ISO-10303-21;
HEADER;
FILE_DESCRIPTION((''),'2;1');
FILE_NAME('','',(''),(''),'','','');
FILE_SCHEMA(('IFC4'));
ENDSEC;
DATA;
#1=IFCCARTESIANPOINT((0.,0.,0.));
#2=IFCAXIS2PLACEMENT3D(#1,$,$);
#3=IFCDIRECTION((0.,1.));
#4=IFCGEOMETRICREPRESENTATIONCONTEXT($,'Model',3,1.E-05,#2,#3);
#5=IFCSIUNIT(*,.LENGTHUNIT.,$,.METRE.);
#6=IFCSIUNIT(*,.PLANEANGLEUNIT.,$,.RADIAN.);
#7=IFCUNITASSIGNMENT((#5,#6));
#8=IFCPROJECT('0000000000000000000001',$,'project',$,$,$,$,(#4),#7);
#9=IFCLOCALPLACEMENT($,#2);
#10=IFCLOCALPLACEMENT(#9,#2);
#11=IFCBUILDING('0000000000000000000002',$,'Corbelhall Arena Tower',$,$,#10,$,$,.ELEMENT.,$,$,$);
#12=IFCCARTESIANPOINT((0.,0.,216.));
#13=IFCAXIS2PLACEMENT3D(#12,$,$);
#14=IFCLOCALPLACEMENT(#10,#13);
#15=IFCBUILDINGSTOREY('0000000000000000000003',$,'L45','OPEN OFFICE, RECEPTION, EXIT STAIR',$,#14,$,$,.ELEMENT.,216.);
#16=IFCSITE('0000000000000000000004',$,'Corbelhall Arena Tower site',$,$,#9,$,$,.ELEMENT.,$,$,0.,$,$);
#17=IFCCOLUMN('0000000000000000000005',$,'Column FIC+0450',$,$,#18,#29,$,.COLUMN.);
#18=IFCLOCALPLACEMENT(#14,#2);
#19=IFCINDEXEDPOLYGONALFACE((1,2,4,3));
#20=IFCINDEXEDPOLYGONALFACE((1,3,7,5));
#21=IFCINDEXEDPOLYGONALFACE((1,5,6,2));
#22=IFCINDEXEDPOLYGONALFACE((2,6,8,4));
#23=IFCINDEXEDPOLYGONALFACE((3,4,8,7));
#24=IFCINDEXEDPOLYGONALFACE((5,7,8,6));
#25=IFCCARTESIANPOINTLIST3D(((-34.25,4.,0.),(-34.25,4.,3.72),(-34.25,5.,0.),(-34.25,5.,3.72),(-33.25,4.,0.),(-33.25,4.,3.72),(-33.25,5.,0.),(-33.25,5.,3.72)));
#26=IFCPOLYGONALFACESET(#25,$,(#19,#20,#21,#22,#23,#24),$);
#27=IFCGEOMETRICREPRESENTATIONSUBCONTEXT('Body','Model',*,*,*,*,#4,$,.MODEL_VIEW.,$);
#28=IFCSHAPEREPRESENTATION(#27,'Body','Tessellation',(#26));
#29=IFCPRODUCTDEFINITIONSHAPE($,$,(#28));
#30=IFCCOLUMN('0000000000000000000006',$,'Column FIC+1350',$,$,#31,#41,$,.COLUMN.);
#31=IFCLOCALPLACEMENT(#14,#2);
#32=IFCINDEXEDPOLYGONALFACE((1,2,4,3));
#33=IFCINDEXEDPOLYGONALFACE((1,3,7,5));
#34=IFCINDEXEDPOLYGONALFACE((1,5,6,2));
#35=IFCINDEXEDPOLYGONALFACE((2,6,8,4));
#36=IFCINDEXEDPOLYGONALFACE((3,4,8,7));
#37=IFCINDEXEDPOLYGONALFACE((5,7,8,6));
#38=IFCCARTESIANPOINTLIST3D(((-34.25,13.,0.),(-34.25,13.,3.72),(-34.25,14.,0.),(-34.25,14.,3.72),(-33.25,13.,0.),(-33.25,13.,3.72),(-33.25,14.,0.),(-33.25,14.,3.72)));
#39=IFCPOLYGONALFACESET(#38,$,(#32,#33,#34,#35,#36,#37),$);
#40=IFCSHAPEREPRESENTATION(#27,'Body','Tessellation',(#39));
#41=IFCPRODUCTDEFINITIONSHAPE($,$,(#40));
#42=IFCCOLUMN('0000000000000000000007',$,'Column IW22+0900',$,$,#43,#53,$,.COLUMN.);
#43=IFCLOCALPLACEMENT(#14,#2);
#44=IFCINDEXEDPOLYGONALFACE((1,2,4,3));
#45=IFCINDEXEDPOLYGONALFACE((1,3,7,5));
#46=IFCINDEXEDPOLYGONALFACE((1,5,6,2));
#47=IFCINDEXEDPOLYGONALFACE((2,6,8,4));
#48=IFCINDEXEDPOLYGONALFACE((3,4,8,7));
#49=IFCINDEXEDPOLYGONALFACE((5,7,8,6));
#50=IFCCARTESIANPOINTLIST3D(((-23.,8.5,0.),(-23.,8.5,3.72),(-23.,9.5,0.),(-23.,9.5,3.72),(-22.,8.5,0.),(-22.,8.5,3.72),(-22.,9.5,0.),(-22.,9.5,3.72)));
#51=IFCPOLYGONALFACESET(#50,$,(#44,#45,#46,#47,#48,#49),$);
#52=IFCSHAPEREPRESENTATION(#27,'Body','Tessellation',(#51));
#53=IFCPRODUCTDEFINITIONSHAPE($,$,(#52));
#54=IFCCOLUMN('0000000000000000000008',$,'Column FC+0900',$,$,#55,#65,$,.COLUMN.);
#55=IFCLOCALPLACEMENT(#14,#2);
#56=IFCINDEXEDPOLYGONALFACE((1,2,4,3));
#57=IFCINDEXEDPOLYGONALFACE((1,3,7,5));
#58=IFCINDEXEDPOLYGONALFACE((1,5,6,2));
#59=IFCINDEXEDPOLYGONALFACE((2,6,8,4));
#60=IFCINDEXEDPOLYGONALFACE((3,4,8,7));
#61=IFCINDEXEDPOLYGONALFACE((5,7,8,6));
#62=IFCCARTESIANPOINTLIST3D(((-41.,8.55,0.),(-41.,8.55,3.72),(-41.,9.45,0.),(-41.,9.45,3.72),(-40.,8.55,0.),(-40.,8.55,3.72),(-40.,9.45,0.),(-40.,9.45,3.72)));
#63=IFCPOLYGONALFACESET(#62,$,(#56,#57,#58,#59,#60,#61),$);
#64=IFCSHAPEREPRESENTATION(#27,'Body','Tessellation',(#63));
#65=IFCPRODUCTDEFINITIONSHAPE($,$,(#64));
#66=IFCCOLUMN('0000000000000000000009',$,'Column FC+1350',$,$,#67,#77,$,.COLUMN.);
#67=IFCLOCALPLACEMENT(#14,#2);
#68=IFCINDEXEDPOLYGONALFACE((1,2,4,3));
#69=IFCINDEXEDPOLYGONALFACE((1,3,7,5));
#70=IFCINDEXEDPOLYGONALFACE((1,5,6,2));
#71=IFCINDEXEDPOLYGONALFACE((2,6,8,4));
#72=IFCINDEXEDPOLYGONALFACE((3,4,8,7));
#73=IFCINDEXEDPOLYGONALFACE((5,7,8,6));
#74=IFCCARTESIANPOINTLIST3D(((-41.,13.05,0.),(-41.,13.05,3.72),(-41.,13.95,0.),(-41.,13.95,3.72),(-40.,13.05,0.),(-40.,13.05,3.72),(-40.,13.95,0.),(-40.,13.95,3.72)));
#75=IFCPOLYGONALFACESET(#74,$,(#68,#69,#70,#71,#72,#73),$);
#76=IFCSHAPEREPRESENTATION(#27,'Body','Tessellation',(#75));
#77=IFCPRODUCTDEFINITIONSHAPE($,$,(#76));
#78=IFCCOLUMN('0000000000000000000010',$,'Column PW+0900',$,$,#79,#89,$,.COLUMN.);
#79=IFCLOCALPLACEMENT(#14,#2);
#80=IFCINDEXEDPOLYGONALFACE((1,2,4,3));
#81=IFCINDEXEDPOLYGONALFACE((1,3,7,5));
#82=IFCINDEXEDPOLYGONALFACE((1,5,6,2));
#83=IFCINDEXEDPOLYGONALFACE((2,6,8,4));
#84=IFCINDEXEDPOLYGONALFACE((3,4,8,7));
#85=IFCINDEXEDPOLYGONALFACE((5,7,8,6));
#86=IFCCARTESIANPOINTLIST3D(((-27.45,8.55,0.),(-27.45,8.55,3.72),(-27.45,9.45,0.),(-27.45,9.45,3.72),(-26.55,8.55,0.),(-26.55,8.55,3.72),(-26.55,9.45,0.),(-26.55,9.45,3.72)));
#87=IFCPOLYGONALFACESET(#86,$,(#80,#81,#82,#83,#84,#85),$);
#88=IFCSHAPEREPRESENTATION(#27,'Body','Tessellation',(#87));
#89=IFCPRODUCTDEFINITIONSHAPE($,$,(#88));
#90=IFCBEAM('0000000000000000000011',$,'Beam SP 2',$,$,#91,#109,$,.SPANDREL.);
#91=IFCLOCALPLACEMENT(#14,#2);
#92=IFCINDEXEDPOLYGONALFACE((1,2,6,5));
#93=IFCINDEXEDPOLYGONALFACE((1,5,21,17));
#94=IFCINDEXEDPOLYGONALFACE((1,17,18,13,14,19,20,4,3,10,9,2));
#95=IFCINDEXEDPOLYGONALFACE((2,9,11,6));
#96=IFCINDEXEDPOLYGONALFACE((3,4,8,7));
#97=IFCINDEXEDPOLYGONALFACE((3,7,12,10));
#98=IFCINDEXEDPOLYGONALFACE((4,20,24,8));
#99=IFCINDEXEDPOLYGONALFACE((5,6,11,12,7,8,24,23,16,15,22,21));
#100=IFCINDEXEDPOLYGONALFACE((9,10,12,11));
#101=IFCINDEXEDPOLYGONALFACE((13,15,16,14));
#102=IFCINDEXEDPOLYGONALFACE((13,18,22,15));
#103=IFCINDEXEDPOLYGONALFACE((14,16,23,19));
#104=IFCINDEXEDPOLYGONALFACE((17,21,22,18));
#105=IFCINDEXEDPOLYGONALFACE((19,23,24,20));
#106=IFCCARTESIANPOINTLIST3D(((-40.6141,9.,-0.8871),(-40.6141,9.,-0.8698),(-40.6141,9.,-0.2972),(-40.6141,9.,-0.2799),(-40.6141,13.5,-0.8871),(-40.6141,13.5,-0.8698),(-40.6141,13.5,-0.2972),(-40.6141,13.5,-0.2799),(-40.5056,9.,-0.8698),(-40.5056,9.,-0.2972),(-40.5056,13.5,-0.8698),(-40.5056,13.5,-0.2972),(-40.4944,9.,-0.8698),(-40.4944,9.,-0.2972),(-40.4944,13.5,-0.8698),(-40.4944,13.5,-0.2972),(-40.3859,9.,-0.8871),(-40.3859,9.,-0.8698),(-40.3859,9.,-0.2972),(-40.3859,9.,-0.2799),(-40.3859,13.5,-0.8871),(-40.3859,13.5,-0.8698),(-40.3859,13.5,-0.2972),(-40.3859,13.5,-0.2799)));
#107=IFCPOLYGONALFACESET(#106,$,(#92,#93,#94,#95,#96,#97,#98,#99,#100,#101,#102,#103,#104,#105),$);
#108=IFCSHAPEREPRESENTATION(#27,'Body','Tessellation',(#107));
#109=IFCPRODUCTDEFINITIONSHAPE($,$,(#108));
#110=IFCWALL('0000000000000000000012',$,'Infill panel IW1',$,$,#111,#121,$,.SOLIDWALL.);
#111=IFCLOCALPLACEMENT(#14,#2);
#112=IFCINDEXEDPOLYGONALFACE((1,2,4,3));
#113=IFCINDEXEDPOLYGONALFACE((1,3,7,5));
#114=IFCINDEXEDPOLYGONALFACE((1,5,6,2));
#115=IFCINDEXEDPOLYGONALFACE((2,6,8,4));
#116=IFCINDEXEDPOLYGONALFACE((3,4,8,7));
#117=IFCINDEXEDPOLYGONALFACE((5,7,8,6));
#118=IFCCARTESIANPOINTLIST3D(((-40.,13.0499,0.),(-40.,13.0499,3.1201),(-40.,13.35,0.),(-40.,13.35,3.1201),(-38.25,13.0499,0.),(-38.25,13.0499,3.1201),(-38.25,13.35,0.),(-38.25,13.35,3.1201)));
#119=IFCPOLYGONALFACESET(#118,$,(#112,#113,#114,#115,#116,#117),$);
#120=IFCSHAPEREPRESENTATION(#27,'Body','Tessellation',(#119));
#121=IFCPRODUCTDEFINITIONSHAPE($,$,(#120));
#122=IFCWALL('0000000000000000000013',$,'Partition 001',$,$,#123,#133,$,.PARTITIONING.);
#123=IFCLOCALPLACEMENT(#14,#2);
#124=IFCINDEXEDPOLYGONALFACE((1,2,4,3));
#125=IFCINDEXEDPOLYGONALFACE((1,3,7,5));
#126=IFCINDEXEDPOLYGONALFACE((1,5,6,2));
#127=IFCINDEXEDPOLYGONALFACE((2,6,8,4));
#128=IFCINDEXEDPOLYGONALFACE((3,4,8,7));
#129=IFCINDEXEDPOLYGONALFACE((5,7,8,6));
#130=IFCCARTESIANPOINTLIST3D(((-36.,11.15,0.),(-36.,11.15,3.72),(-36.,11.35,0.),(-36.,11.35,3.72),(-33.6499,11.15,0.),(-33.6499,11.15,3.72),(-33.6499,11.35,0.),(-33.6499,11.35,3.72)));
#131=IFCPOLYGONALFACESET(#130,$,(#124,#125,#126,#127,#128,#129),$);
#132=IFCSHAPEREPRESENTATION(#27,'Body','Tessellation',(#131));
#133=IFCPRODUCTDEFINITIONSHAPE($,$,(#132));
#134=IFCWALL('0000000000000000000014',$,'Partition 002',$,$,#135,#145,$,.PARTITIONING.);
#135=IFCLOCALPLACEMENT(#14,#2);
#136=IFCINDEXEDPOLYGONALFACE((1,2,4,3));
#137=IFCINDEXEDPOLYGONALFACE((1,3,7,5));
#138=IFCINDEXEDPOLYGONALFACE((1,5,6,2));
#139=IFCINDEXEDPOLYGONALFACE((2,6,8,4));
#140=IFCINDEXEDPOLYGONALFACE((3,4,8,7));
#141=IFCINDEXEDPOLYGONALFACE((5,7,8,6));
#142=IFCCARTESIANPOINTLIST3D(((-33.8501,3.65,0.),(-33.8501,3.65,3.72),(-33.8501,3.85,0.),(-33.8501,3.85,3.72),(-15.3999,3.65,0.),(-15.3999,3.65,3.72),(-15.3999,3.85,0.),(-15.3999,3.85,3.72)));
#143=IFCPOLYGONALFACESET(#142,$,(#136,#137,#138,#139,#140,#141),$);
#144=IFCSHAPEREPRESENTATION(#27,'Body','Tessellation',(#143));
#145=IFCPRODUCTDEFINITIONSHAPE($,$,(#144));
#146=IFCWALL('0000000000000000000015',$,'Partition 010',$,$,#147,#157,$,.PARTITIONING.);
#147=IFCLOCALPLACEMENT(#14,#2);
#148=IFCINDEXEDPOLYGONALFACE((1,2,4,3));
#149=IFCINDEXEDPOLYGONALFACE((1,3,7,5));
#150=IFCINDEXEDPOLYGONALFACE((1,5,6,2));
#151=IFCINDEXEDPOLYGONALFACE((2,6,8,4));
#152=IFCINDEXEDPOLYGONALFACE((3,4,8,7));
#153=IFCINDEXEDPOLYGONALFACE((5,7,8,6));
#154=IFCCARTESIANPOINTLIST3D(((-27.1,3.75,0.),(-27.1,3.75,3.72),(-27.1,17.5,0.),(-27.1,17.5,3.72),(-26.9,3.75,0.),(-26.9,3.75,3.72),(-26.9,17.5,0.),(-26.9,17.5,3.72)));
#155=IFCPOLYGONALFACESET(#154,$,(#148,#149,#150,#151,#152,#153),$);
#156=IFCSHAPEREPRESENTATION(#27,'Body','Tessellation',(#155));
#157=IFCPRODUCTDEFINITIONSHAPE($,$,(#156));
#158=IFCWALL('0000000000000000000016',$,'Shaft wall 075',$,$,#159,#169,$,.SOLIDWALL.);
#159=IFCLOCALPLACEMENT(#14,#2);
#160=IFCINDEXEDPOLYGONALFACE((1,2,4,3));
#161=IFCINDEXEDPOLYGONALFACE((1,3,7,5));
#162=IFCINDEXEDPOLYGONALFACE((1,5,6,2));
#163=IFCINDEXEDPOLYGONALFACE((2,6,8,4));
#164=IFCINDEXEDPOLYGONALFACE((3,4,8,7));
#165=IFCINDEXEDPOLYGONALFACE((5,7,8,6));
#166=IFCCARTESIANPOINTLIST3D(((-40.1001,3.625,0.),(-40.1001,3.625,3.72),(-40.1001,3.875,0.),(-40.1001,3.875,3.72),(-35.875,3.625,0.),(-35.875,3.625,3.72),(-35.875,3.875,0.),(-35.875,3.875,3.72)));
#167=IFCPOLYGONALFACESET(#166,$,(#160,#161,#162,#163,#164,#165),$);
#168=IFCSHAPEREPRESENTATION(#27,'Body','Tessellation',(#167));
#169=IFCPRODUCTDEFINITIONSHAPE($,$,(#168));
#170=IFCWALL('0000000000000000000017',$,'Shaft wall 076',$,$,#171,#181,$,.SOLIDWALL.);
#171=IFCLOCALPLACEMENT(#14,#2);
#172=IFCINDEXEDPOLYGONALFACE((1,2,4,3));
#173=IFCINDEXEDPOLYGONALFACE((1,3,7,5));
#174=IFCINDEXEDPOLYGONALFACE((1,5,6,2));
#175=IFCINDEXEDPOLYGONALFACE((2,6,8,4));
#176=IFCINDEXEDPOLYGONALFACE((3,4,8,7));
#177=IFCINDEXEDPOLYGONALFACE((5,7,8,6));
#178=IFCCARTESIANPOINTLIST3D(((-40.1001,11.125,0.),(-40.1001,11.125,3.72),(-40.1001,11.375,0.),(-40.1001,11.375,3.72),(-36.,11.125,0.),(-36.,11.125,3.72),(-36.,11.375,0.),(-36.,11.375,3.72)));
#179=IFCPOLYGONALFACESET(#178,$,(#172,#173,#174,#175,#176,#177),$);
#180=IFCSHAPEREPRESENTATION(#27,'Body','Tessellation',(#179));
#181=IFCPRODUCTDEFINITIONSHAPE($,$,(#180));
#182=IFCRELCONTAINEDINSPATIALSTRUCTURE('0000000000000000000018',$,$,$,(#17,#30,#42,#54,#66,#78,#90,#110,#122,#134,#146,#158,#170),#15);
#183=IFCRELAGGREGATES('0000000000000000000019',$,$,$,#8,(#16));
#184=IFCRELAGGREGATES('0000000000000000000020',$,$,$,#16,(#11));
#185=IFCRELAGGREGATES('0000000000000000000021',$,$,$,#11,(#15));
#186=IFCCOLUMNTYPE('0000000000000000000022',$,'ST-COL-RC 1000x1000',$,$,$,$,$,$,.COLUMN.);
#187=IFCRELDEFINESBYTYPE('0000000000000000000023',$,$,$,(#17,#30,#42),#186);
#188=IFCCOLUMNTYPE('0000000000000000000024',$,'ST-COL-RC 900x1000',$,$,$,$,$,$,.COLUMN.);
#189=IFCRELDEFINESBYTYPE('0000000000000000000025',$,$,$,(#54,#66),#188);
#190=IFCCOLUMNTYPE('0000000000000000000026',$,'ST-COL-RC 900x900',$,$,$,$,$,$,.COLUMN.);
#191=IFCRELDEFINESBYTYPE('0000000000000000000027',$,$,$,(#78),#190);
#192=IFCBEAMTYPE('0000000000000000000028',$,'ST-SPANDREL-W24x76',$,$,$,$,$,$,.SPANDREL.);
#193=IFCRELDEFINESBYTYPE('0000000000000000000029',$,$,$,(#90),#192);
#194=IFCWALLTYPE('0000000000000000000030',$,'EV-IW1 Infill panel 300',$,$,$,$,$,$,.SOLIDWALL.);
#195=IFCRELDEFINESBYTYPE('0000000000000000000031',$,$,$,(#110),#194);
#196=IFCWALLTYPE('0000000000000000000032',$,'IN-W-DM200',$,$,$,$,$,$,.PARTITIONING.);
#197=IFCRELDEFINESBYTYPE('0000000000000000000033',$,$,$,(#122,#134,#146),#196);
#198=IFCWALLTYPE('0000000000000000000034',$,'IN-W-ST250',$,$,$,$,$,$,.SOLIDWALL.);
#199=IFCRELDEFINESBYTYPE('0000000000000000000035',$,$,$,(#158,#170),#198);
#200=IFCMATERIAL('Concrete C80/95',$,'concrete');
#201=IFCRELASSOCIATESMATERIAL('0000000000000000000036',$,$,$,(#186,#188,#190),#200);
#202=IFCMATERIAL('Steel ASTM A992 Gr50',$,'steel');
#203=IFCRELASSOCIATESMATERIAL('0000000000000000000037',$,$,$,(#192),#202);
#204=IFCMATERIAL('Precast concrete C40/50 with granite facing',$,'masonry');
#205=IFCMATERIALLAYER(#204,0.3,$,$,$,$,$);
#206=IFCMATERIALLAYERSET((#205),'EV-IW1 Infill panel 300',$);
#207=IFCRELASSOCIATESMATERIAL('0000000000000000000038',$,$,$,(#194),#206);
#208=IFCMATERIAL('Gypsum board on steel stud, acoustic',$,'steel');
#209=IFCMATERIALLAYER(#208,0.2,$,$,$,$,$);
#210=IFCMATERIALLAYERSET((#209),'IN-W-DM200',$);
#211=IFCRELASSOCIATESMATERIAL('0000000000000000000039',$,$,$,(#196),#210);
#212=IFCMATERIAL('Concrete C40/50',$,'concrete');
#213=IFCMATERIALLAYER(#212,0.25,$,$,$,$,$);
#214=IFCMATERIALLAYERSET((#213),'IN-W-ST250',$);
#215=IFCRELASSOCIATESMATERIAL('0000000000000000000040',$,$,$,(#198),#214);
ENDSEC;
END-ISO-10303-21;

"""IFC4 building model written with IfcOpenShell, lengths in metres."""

from ifc_helpers import new_model, si_unit, direction, frame, frame_2d, origin, origin_2d, place, context, subcontext, project, spatial, rectangle, i_section, extrude, material, layer, layer_set, material_profile, profile_set, type_object, element, save


model = new_model("IFC4")

# Units and contexts
model_context = context("Model", 3, precision=1e-05, world=origin(), true_north=direction((0.0, 1.0)))
body_context = subcontext(model_context, "Body", "Model", "MODEL_VIEW")
ifc_project = project(units=[si_unit("LENGTHUNIT", "METRE"), si_unit("PLANEANGLEUNIT", "RADIAN")], contexts=[model_context])

# Site, building, storey
site_placement = place(None, origin())
site = spatial("IfcSite", under=ifc_project, at=site_placement, Name="Corbelhall Arena Tower site", CompositionType="ELEMENT", RefElevation=0.0)
building_placement = place(site_placement, origin())
building = spatial("IfcBuilding", under=site, at=building_placement, Name="Corbelhall Arena Tower", CompositionType="ELEMENT")
storey_placement = place(building_placement, frame((0.0, 0.0, 216.0)))
storey = spatial("IfcBuildingStorey", under=building, at=storey_placement, Name="L45", Description="OPEN OFFICE, RECEPTION, EXIT STAIR", CompositionType="ELEMENT", Elevation=216.0)

# Columns
ifc_material_1 = material(Name="Concrete C80/95", Category="concrete")
ifc_material_profile_1 = material_profile(ifc_material_1, rectangle(XDim=1.0, YDim=1.0, at=origin_2d()))
ifc_profile_set_1 = profile_set([ifc_material_profile_1], Name="Concrete C80/95")
column_type_1 = type_object("IfcColumnType", Name="ST-COL-RC 1000x1000", PredefinedType="COLUMN", material=ifc_profile_set_1)
for number, where, z_axis, x_axis, name in (
    (1, (-33.75, 4.5, 0.0), (0.0, 0.0, 1.0), (1.0, 0.0, 0.0), "Column FIC+0450"),
    (2, (-33.75, 13.5, 0.0), (0.0, 0.0, 1.0), (1.0, 0.0, 0.0), "Column FIC+1350"),
    (3, (-22.5, 9.0, 0.0), (0.0, 0.0, 1.0), (1.0, 0.0, 0.0), "Column IW22+0900"),
):
    element("IfcColumn", number, at=place(storey_placement, frame(where, z_axis=z_axis, x_axis=x_axis)), inside=storey, type_object=column_type_1, Name=name, PredefinedType="COLUMN", context=body_context, shape_type="SweptSolid", body=[
        extrude(rectangle(XDim=1.0, YDim=1.0, at=origin_2d()), origin(), (0.0, 0.0, 1.0), 3.72),
    ])
ifc_material_profile_2 = material_profile(ifc_material_1, rectangle(XDim=0.8999, YDim=1.0, at=origin_2d()))
ifc_profile_set_2 = profile_set([ifc_material_profile_2], Name="Concrete C80/95")
column_type_2 = type_object("IfcColumnType", Name="ST-COL-RC 900x1000", PredefinedType="COLUMN", material=ifc_profile_set_2)
for number, where, z_axis, x_axis, name in (
    (4, (-40.5, 9.0, 0.0), (0.0, 0.0, 1.0), (0.0, 1.0, 0.0), "Column FC+0900"),
    (5, (-40.5, 13.5, 0.0), (0.0, 0.0, 1.0), (0.0, 1.0, 0.0), "Column FC+1350"),
):
    element("IfcColumn", number, at=place(storey_placement, frame(where, z_axis=z_axis, x_axis=x_axis)), inside=storey, type_object=column_type_2, Name=name, PredefinedType="COLUMN", context=body_context, shape_type="SweptSolid", body=[
        extrude(rectangle(XDim=0.8999, YDim=1.0, at=origin_2d()), origin(), (0.0, 0.0, 1.0), 3.72),
    ])
ifc_material_profile_3 = material_profile(ifc_material_1, rectangle(XDim=0.8999, YDim=0.8999, at=origin_2d()))
ifc_profile_set_3 = profile_set([ifc_material_profile_3], Name="Concrete C80/95")
column_type_3 = type_object("IfcColumnType", Name="ST-COL-RC 900x900", PredefinedType="COLUMN", material=ifc_profile_set_3)
column_placement = place(storey_placement, frame((-27.0, 9.0, 0.0), z_axis=(0.0, 0.0, 1.0), x_axis=(1.0, 0.0, 0.0)))
element("IfcColumn", 6, at=column_placement, inside=storey, type_object=column_type_3, Name="Column PW+0900", PredefinedType="COLUMN", context=body_context, shape_type="SweptSolid", body=[
    extrude(rectangle(XDim=0.8999, YDim=0.8999, at=origin_2d()), origin(), (0.0, 0.0, 1.0), 3.72),
])

# Beam
ifc_material_2 = material(Name="Steel ASTM A992 Gr50", Category="steel")
ifc_material_profile_4 = material_profile(ifc_material_2, i_section(OverallWidth=0.2283, OverallDepth=0.6072, WebThickness=0.0112, FlangeThickness=0.0173, at=origin_2d()))
ifc_profile_set_4 = profile_set([ifc_material_profile_4], Name="Steel ASTM A992 Gr50")
beam_type = type_object("IfcBeamType", Name="ST-SPANDREL-W24x76", PredefinedType="SPANDREL", material=ifc_profile_set_4)
beam_placement = place(storey_placement, frame((-40.5, 9.0, -0.5835), z_axis=(0.0, 1.0, 0.0), x_axis=(-1.0, 0.0, 0.0)))
element("IfcBeam", 7, at=beam_placement, inside=storey, type_object=beam_type, Name="Beam SP 2", PredefinedType="SPANDREL", context=body_context, shape_type="SweptSolid", body=[
    extrude(i_section(OverallWidth=0.2283, OverallDepth=0.6072, WebThickness=0.0112, FlangeThickness=0.0173, at=origin_2d()), origin(), (0.0, 0.0, 1.0), 4.5),
])

# Wall
ifc_material_3 = material(Name="Precast concrete C40/50 with granite facing", Category="masonry")
ifc_layer_1 = layer(ifc_material_3, 0.3)
ifc_layer_set_1 = layer_set([ifc_layer_1], Name="EV-IW1 Infill panel 300")
wall_type_1 = type_object("IfcWallType", Name="EV-IW1 Infill panel 300", PredefinedType="SOLIDWALL", material=ifc_layer_set_1)
wall_1_placement = place(storey_placement, frame((-40.0, 13.2, 0.0), z_axis=(0.0, 0.0, 1.0), x_axis=(1.0, 0.0, 0.0)))
element("IfcWall", 8, at=wall_1_placement, inside=storey, type_object=wall_type_1, Name="Infill panel IW1", PredefinedType="SOLIDWALL", context=body_context, shape_type="SweptSolid", body=[
    extrude(rectangle(XDim=1.75, YDim=0.3, at=frame_2d((0.875, 0.0))), origin(), (0.0, 0.0, 1.0), 3.1201),
])

# Walls
ifc_material_4 = material(Name="Gypsum board on steel stud, acoustic", Category="steel")
ifc_layer_2 = layer(ifc_material_4, 0.2)
ifc_layer_set_2 = layer_set([ifc_layer_2], Name="IN-W-DM200")
wall_type_2 = type_object("IfcWallType", Name="IN-W-DM200", PredefinedType="PARTITIONING", material=ifc_layer_set_2)
wall_2_placement = place(storey_placement, frame((-36.0, 11.25, 0.0), z_axis=(0.0, 0.0, 1.0), x_axis=(1.0, 0.0, 0.0)))
element("IfcWall", 9, at=wall_2_placement, inside=storey, type_object=wall_type_2, Name="Partition 001", PredefinedType="PARTITIONING", context=body_context, shape_type="SweptSolid", body=[
    extrude(rectangle(XDim=2.3501, YDim=0.2, at=frame_2d((1.175, 0.0))), origin(), (0.0, 0.0, 1.0), 3.72),
])
wall_3_placement = place(storey_placement, frame((-33.8501, 3.75, 0.0), z_axis=(0.0, 0.0, 1.0), x_axis=(1.0, 0.0, 0.0)))
element("IfcWall", 10, at=wall_3_placement, inside=storey, type_object=wall_type_2, Name="Partition 002", PredefinedType="PARTITIONING", context=body_context, shape_type="SweptSolid", body=[
    extrude(rectangle(XDim=18.4502, YDim=0.2, at=frame_2d((9.2251, 0.0))), origin(), (0.0, 0.0, 1.0), 3.72),
])

# Walls
wall_4_placement = place(storey_placement, frame((-27.0, 3.75, 0.0), z_axis=(0.0, 0.0, 1.0), x_axis=(0.0, 1.0, 0.0)))
element("IfcWall", 11, at=wall_4_placement, inside=storey, type_object=wall_type_2, Name="Partition 010", PredefinedType="PARTITIONING", context=body_context, shape_type="SweptSolid", body=[
    extrude(rectangle(XDim=13.75, YDim=0.2, at=frame_2d((6.875, 0.0))), origin(), (0.0, 0.0, 1.0), 3.72),
])
ifc_material_5 = material(Name="Concrete C40/50", Category="concrete")
ifc_layer_3 = layer(ifc_material_5, 0.25)
ifc_layer_set_3 = layer_set([ifc_layer_3], Name="IN-W-ST250")
wall_type_3 = type_object("IfcWallType", Name="IN-W-ST250", PredefinedType="SOLIDWALL", material=ifc_layer_set_3)
wall_5_placement = place(storey_placement, frame((-40.1001, 3.75, 0.0), z_axis=(0.0, 0.0, 1.0), x_axis=(1.0, 0.0, 0.0)))
element("IfcWall", 12, at=wall_5_placement, inside=storey, type_object=wall_type_3, Name="Shaft wall 075", PredefinedType="SOLIDWALL", context=body_context, shape_type="SweptSolid", body=[
    extrude(rectangle(XDim=4.2251, YDim=0.25, at=frame_2d((2.1125, 0.0))), origin(), (0.0, 0.0, 1.0), 3.72),
])
wall_6_placement = place(storey_placement, frame((-40.1001, 11.25, 0.0), z_axis=(0.0, 0.0, 1.0), x_axis=(1.0, 0.0, 0.0)))
element("IfcWall", 13, at=wall_6_placement, inside=storey, type_object=wall_type_3, Name="Shaft wall 076", PredefinedType="SOLIDWALL", context=body_context, shape_type="SweptSolid", body=[
    extrude(rectangle(XDim=4.1001, YDim=0.25, at=frame_2d((2.05, 0.0))), origin(), (0.0, 0.0, 1.0), 3.72),
])

save(model, "model.ifc")
